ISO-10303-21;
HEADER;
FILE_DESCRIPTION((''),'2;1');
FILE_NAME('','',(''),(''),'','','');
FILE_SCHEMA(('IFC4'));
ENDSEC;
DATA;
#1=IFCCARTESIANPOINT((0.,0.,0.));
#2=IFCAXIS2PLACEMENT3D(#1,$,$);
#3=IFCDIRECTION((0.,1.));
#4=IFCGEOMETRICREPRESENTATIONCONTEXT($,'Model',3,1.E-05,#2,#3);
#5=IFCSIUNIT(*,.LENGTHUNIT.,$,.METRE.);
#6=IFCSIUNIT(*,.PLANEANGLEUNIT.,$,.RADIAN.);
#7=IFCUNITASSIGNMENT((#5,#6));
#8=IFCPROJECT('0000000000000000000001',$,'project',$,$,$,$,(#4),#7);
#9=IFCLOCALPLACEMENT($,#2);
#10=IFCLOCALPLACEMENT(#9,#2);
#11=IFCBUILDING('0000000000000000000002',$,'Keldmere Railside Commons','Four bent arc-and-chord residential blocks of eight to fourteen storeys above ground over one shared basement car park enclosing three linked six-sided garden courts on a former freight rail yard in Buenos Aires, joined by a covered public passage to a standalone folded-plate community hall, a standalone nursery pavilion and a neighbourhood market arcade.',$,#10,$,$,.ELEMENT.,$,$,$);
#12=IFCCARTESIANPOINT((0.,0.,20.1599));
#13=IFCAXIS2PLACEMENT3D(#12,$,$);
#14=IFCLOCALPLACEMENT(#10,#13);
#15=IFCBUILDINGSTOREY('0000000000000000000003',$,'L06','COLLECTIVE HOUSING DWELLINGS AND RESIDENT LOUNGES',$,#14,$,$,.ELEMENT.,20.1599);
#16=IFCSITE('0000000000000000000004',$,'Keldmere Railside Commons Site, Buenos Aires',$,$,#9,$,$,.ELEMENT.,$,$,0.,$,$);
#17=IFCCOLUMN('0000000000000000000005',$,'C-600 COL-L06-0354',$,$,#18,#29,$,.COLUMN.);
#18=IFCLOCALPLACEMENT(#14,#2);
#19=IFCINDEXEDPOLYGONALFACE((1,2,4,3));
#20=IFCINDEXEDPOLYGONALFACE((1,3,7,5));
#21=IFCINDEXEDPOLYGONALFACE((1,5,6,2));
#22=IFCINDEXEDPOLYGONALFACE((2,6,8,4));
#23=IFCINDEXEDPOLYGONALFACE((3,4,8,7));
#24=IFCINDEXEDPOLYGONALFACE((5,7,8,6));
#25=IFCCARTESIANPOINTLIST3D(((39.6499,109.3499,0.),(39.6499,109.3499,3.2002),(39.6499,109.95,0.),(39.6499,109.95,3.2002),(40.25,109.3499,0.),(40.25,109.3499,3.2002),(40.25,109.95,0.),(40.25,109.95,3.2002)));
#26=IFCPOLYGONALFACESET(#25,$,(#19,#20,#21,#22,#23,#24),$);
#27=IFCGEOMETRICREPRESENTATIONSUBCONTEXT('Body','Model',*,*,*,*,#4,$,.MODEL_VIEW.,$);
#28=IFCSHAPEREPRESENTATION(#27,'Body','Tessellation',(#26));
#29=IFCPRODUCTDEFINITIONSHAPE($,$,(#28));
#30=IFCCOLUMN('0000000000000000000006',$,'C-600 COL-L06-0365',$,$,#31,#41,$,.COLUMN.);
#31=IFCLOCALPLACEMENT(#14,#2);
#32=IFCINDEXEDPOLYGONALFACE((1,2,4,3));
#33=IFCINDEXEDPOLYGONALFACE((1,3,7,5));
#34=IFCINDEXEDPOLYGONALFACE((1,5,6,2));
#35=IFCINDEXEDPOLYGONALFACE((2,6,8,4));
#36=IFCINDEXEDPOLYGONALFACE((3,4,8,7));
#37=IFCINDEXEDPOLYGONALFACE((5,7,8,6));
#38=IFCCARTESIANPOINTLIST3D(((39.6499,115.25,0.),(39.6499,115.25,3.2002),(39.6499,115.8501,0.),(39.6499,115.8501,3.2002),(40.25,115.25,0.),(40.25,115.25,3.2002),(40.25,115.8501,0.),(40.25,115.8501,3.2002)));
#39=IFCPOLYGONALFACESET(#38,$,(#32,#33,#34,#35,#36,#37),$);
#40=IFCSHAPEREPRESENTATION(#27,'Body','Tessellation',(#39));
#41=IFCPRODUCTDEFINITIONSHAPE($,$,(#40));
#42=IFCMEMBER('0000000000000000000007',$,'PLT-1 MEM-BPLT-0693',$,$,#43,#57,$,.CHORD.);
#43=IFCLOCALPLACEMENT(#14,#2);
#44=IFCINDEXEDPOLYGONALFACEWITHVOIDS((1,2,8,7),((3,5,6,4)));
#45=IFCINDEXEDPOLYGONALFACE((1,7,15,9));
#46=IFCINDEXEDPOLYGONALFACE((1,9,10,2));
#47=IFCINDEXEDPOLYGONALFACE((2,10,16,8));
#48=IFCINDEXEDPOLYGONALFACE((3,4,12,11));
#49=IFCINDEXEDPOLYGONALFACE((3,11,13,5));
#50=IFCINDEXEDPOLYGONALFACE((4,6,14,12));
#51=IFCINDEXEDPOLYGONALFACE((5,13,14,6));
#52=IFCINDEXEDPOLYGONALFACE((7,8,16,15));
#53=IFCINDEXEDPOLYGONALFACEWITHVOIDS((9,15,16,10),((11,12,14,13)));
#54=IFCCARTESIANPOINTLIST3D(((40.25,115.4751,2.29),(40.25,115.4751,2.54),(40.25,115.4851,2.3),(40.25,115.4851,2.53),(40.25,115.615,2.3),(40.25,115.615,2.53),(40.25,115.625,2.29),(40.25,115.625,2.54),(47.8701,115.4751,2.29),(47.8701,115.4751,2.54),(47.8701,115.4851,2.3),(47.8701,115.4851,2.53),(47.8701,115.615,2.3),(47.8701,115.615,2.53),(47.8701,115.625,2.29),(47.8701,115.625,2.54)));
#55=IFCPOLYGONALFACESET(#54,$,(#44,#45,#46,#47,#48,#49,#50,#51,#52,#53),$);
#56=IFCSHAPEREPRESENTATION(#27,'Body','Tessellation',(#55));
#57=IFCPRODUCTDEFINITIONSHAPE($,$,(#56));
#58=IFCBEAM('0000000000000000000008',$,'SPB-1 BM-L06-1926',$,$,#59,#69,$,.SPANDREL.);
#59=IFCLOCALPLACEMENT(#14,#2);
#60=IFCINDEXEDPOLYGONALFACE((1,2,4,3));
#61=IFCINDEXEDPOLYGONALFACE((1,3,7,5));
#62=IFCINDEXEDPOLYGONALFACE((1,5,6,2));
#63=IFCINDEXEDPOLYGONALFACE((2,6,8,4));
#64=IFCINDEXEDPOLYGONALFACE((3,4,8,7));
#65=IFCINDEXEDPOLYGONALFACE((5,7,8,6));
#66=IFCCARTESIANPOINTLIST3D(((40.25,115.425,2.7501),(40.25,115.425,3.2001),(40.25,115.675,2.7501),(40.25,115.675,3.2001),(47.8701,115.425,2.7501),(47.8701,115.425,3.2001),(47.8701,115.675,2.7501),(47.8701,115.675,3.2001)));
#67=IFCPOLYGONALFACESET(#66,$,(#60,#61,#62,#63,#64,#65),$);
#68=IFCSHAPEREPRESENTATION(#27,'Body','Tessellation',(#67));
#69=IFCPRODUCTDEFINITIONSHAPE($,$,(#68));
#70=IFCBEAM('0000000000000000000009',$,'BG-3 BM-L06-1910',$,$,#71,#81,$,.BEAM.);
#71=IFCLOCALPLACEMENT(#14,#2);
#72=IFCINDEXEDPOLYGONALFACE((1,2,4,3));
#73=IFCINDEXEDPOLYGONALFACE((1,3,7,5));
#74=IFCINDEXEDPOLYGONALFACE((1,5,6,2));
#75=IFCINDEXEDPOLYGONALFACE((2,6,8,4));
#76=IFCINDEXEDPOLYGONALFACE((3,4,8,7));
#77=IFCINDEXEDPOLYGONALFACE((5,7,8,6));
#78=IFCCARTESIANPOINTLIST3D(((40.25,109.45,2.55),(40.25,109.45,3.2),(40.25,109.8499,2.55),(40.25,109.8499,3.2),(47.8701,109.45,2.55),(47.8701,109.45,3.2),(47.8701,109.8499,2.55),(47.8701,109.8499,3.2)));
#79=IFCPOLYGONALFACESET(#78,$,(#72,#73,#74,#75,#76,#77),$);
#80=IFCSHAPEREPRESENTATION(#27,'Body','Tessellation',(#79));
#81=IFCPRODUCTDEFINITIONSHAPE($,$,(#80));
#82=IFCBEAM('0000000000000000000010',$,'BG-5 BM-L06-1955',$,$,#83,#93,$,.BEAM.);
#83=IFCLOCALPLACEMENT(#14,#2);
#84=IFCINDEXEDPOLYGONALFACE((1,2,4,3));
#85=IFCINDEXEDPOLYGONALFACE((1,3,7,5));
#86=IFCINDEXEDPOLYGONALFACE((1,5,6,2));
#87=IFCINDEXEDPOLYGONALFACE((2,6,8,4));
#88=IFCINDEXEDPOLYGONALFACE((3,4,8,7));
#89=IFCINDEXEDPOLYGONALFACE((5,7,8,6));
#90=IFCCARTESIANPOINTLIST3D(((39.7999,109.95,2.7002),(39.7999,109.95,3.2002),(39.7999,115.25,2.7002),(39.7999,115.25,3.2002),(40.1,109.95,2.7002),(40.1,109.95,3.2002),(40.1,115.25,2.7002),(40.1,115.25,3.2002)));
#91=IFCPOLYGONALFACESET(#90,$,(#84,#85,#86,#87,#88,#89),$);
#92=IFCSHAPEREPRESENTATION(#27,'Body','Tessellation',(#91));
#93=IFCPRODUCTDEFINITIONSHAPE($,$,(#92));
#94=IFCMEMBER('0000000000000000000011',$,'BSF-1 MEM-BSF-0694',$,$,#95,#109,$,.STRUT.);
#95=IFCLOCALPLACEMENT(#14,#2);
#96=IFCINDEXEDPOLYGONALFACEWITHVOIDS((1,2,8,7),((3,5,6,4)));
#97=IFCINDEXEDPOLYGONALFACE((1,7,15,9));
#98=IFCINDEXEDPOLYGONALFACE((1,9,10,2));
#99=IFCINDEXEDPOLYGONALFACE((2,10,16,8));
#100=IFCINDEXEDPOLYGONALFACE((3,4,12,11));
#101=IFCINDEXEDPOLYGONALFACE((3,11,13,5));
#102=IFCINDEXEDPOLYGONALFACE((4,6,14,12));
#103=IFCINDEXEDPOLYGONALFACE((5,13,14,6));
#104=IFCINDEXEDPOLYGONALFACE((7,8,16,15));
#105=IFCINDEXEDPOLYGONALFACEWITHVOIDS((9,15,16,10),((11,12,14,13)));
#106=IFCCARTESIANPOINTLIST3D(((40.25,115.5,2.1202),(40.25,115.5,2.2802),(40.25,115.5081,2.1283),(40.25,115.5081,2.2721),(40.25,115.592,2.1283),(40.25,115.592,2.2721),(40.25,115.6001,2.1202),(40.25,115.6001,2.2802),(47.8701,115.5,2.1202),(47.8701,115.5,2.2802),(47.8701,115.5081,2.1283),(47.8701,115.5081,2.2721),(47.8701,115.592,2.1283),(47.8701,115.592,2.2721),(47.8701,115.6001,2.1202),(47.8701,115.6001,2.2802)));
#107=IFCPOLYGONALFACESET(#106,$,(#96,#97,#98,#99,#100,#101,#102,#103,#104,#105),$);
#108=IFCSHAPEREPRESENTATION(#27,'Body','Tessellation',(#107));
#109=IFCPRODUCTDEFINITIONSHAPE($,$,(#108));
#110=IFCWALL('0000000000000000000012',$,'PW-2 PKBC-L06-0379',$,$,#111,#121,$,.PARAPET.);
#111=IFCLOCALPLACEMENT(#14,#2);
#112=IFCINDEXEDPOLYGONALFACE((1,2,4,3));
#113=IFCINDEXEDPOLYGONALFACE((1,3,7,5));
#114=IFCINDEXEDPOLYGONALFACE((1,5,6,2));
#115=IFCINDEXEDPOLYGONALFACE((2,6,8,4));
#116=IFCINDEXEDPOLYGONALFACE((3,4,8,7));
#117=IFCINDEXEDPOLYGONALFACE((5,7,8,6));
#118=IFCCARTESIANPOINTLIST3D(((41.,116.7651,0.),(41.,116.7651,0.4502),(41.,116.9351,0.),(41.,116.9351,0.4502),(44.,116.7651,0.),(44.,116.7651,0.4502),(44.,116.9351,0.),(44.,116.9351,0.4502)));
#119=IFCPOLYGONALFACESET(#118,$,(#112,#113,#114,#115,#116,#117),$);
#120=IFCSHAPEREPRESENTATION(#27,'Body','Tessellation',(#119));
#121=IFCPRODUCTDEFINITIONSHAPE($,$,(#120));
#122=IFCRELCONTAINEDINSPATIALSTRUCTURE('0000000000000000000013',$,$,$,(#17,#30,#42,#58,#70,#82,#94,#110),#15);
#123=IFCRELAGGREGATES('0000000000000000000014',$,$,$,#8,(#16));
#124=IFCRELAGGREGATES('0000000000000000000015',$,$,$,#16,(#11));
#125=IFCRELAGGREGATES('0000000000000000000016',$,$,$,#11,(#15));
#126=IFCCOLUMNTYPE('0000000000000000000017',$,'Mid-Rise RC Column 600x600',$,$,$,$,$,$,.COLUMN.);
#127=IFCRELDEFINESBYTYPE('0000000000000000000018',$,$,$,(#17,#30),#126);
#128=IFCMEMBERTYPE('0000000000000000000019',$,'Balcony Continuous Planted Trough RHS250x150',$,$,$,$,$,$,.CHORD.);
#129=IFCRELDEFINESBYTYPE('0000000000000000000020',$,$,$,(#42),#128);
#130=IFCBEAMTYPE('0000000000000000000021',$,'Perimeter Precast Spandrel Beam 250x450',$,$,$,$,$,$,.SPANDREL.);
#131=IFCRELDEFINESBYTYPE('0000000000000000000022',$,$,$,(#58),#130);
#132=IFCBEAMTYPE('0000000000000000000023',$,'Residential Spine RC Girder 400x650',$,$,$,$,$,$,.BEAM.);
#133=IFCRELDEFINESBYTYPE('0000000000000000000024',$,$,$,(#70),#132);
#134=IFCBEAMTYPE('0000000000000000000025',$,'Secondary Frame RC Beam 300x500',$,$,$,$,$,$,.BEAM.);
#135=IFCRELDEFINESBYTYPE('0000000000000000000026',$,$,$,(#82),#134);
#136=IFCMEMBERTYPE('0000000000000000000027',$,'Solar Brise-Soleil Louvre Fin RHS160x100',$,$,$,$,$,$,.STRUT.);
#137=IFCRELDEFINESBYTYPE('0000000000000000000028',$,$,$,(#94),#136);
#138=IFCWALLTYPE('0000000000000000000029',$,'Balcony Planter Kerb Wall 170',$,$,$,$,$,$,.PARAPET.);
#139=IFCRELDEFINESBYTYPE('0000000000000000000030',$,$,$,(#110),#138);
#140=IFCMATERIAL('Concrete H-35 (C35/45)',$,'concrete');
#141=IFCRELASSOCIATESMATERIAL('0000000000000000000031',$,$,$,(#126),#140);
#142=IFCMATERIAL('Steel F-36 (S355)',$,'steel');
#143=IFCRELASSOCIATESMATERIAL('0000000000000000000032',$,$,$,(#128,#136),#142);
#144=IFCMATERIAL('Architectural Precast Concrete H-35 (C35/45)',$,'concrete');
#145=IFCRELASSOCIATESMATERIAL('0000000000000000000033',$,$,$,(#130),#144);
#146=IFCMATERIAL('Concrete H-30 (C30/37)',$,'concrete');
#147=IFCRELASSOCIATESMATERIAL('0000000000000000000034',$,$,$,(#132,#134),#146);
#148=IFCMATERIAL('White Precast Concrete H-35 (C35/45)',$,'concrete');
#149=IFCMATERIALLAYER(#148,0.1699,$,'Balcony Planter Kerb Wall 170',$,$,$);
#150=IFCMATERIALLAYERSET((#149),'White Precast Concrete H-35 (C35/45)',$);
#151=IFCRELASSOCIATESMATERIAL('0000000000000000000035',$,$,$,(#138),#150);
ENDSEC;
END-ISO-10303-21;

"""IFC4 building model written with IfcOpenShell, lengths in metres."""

from ifc_helpers import new_model, si_unit, direction, frame, frame_2d, origin, origin_2d, place, context, subcontext, project, spatial, rectangle, hollow_rectangle, extrude, material, layer, layer_set, material_profile, profile_set, type_object, element, save


model = new_model("IFC4")

# Units and contexts
model_context = context("Model", 3, precision=1e-05, world=origin(), true_north=direction((0.0, 1.0)))
body_context = subcontext(model_context, "Body", "Model", "MODEL_VIEW")
ifc_project = project(units=[si_unit("LENGTHUNIT", "METRE"), si_unit("PLANEANGLEUNIT", "RADIAN")], contexts=[model_context])

# Site, building, storey
site_placement = place(None, origin())
site = spatial("IfcSite", under=ifc_project, at=site_placement, Name="Keldmere Railside Commons Site, Buenos Aires", CompositionType="ELEMENT", RefElevation=0.0)
building_placement = place(site_placement, origin())
building = spatial("IfcBuilding", under=site, at=building_placement, Name="Keldmere Railside Commons", Description="Four bent arc-and-chord residential blocks of eight to fourteen storeys above ground over one shared basement car park enclosing three linked six-sided garden courts on a former freight rail yard in Buenos Aires, joined by a covered public passage to a standalone folded-plate community hall, a standalone nursery pavilion and a neighbourhood market arcade.", CompositionType="ELEMENT")
storey_placement = place(building_placement, frame((0.0, 0.0, 20.1599)))
storey = spatial("IfcBuildingStorey", under=building, at=storey_placement, Name="L06", Description="COLLECTIVE HOUSING DWELLINGS AND RESIDENT LOUNGES", CompositionType="ELEMENT", Elevation=20.1599)

# Columns
ifc_material_1 = material(Name="Concrete H-35 (C35/45)", Category="concrete")
ifc_material_profile_1 = material_profile(ifc_material_1, rectangle(XDim=0.6001, YDim=0.6001, at=origin_2d()), Name="RC-600x600")
ifc_profile_set_1 = profile_set([ifc_material_profile_1], Name="Concrete H-35 (C35/45)")
column_type = type_object("IfcColumnType", Name="Mid-Rise RC Column 600x600", PredefinedType="COLUMN", material=ifc_profile_set_1)
for number, where, z_axis, x_axis, name in (
    (1, (39.95, 109.6499, 0.0), (0.0, 0.0, 1.0), (1.0, 0.0, 0.0), "C-600 COL-L06-0354"),
    (2, (39.95, 115.55, 0.0), (0.0, 0.0, 1.0), (1.0, 0.0, 0.0), "C-600 COL-L06-0365"),
):
    element("IfcColumn", number, at=place(storey_placement, frame(where, z_axis=z_axis, x_axis=x_axis)), inside=storey, type_object=column_type, Name=name, PredefinedType="COLUMN", context=body_context, shape_type="SweptSolid", body=[
        extrude(rectangle(XDim=0.6001, YDim=0.6001, at=origin_2d()), origin(), (0.0, 0.0, 1.0), 3.2002),
    ])

# Member
ifc_material_2 = material(Name="Steel F-36 (S355)", Category="steel")
ifc_material_profile_2 = material_profile(ifc_material_2, hollow_rectangle(XDim=0.1499, YDim=0.25, WallThickness=0.01, at=origin_2d()), Name="RHS-250x150x10")
ifc_profile_set_2 = profile_set([ifc_material_profile_2], Name="Steel F-36 (S355)")
member_type_1 = type_object("IfcMemberType", Name="Balcony Continuous Planted Trough RHS250x150", PredefinedType="CHORD", material=ifc_profile_set_2)
member_1_placement = place(storey_placement, frame((40.25, 115.55, 2.415), z_axis=(1.0, 0.0, 0.0), x_axis=(0.0, 1.0, 0.0)))
element("IfcMember", 3, at=member_1_placement, inside=storey, type_object=member_type_1, Name="PLT-1 MEM-BPLT-0693", PredefinedType="CHORD", context=body_context, shape_type="SweptSolid", body=[
    extrude(hollow_rectangle(XDim=0.1499, YDim=0.25, WallThickness=0.01, at=origin_2d()), origin(), (0.0, 0.0, 1.0), 7.6201),
])

# Beams
ifc_material_3 = material(Name="Architectural Precast Concrete H-35 (C35/45)", Category="concrete")
ifc_material_profile_3 = material_profile(ifc_material_3, rectangle(XDim=0.25, YDim=0.45, at=origin_2d()), Name="RC-250x450")
ifc_profile_set_3 = profile_set([ifc_material_profile_3], Name="Architectural Precast Concrete H-35 (C35/45)")
beam_type_1 = type_object("IfcBeamType", Name="Perimeter Precast Spandrel Beam 250x450", PredefinedType="SPANDREL", material=ifc_profile_set_3)
beam_1_placement = place(storey_placement, frame((40.25, 115.55, 2.9751), z_axis=(1.0, 0.0, 0.0), x_axis=(0.0, 1.0, 0.0)))
element("IfcBeam", 4, at=beam_1_placement, inside=storey, type_object=beam_type_1, Name="SPB-1 BM-L06-1926", PredefinedType="SPANDREL", context=body_context, shape_type="SweptSolid", body=[
    extrude(rectangle(XDim=0.25, YDim=0.45, at=origin_2d()), origin(), (0.0, 0.0, 1.0), 7.6201),
])
ifc_material_4 = material(Name="Concrete H-30 (C30/37)", Category="concrete")
ifc_material_profile_4 = material_profile(ifc_material_4, rectangle(XDim=0.3999, YDim=0.6499, at=origin_2d()), Name="RC-400x650")
ifc_profile_set_4 = profile_set([ifc_material_profile_4], Name="Concrete H-30 (C30/37)")
beam_type_2 = type_object("IfcBeamType", Name="Residential Spine RC Girder 400x650", PredefinedType="BEAM", material=ifc_profile_set_4)
beam_2_placement = place(storey_placement, frame((40.25, 109.6499, 2.875), z_axis=(1.0, 0.0, 0.0), x_axis=(0.0, 1.0, 0.0)))
element("IfcBeam", 5, at=beam_2_placement, inside=storey, type_object=beam_type_2, Name="BG-3 BM-L06-1910", PredefinedType="BEAM", context=body_context, shape_type="SweptSolid", body=[
    extrude(rectangle(XDim=0.3999, YDim=0.6499, at=origin_2d()), origin(), (0.0, 0.0, 1.0), 7.6201),
])
ifc_material_profile_5 = material_profile(ifc_material_4, rectangle(XDim=0.3, YDim=0.5, at=origin_2d()), Name="RC-300x500")
ifc_profile_set_5 = profile_set([ifc_material_profile_5], Name="Concrete H-30 (C30/37)")
beam_type_3 = type_object("IfcBeamType", Name="Secondary Frame RC Beam 300x500", PredefinedType="BEAM", material=ifc_profile_set_5)
beam_3_placement = place(storey_placement, frame((39.95, 109.95, 2.9502), z_axis=(0.0, 1.0, 0.0), x_axis=(-1.0, 0.0, 0.0)))
element("IfcBeam", 6, at=beam_3_placement, inside=storey, type_object=beam_type_3, Name="BG-5 BM-L06-1955", PredefinedType="BEAM", context=body_context, shape_type="SweptSolid", body=[
    extrude(rectangle(XDim=0.3, YDim=0.5, at=origin_2d()), origin(), (0.0, 0.0, 1.0), 5.3),
])

# Member
ifc_material_profile_6 = material_profile(ifc_material_2, hollow_rectangle(XDim=0.1001, YDim=0.1599, WallThickness=0.0081, at=origin_2d()), Name="RHS-160x100x8")
ifc_profile_set_6 = profile_set([ifc_material_profile_6], Name="Steel F-36 (S355)")
member_type_2 = type_object("IfcMemberType", Name="Solar Brise-Soleil Louvre Fin RHS160x100", PredefinedType="STRUT", material=ifc_profile_set_6)
member_2_placement = place(storey_placement, frame((40.25, 115.55, 2.2002), z_axis=(1.0, 0.0, 0.0), x_axis=(0.0, 1.0, 0.0)))
element("IfcMember", 7, at=member_2_placement, inside=storey, type_object=member_type_2, Name="BSF-1 MEM-BSF-0694", PredefinedType="STRUT", context=body_context, shape_type="SweptSolid", body=[
    extrude(hollow_rectangle(XDim=0.1001, YDim=0.1599, WallThickness=0.0081, at=origin_2d()), origin(), (0.0, 0.0, 1.0), 7.6201),
])

# Wall
ifc_material_5 = material(Name="White Precast Concrete H-35 (C35/45)", Category="concrete")
ifc_layer = layer(ifc_material_5, 0.1699, Name="Balcony Planter Kerb Wall 170")
ifc_layer_set = layer_set([ifc_layer], Name="White Precast Concrete H-35 (C35/45)")
wall_type = type_object("IfcWallType", Name="Balcony Planter Kerb Wall 170", PredefinedType="PARAPET", material=ifc_layer_set)
wall_placement = place(storey_placement, frame((41.0, 116.8501, 0.0), z_axis=(0.0, 0.0, 1.0), x_axis=(1.0, 0.0, 0.0)))
element("IfcWall", 8, at=wall_placement, inside=storey, type_object=wall_type, Name="PW-2 PKBC-L06-0379", PredefinedType="PARAPET", context=body_context, shape_type="SweptSolid", body=[
    extrude(rectangle(XDim=3.0, YDim=0.1699, at=frame_2d((1.5, 0.0))), origin(), (0.0, 0.0, 1.0), 0.4502),
])

save(model, "model.ifc")
